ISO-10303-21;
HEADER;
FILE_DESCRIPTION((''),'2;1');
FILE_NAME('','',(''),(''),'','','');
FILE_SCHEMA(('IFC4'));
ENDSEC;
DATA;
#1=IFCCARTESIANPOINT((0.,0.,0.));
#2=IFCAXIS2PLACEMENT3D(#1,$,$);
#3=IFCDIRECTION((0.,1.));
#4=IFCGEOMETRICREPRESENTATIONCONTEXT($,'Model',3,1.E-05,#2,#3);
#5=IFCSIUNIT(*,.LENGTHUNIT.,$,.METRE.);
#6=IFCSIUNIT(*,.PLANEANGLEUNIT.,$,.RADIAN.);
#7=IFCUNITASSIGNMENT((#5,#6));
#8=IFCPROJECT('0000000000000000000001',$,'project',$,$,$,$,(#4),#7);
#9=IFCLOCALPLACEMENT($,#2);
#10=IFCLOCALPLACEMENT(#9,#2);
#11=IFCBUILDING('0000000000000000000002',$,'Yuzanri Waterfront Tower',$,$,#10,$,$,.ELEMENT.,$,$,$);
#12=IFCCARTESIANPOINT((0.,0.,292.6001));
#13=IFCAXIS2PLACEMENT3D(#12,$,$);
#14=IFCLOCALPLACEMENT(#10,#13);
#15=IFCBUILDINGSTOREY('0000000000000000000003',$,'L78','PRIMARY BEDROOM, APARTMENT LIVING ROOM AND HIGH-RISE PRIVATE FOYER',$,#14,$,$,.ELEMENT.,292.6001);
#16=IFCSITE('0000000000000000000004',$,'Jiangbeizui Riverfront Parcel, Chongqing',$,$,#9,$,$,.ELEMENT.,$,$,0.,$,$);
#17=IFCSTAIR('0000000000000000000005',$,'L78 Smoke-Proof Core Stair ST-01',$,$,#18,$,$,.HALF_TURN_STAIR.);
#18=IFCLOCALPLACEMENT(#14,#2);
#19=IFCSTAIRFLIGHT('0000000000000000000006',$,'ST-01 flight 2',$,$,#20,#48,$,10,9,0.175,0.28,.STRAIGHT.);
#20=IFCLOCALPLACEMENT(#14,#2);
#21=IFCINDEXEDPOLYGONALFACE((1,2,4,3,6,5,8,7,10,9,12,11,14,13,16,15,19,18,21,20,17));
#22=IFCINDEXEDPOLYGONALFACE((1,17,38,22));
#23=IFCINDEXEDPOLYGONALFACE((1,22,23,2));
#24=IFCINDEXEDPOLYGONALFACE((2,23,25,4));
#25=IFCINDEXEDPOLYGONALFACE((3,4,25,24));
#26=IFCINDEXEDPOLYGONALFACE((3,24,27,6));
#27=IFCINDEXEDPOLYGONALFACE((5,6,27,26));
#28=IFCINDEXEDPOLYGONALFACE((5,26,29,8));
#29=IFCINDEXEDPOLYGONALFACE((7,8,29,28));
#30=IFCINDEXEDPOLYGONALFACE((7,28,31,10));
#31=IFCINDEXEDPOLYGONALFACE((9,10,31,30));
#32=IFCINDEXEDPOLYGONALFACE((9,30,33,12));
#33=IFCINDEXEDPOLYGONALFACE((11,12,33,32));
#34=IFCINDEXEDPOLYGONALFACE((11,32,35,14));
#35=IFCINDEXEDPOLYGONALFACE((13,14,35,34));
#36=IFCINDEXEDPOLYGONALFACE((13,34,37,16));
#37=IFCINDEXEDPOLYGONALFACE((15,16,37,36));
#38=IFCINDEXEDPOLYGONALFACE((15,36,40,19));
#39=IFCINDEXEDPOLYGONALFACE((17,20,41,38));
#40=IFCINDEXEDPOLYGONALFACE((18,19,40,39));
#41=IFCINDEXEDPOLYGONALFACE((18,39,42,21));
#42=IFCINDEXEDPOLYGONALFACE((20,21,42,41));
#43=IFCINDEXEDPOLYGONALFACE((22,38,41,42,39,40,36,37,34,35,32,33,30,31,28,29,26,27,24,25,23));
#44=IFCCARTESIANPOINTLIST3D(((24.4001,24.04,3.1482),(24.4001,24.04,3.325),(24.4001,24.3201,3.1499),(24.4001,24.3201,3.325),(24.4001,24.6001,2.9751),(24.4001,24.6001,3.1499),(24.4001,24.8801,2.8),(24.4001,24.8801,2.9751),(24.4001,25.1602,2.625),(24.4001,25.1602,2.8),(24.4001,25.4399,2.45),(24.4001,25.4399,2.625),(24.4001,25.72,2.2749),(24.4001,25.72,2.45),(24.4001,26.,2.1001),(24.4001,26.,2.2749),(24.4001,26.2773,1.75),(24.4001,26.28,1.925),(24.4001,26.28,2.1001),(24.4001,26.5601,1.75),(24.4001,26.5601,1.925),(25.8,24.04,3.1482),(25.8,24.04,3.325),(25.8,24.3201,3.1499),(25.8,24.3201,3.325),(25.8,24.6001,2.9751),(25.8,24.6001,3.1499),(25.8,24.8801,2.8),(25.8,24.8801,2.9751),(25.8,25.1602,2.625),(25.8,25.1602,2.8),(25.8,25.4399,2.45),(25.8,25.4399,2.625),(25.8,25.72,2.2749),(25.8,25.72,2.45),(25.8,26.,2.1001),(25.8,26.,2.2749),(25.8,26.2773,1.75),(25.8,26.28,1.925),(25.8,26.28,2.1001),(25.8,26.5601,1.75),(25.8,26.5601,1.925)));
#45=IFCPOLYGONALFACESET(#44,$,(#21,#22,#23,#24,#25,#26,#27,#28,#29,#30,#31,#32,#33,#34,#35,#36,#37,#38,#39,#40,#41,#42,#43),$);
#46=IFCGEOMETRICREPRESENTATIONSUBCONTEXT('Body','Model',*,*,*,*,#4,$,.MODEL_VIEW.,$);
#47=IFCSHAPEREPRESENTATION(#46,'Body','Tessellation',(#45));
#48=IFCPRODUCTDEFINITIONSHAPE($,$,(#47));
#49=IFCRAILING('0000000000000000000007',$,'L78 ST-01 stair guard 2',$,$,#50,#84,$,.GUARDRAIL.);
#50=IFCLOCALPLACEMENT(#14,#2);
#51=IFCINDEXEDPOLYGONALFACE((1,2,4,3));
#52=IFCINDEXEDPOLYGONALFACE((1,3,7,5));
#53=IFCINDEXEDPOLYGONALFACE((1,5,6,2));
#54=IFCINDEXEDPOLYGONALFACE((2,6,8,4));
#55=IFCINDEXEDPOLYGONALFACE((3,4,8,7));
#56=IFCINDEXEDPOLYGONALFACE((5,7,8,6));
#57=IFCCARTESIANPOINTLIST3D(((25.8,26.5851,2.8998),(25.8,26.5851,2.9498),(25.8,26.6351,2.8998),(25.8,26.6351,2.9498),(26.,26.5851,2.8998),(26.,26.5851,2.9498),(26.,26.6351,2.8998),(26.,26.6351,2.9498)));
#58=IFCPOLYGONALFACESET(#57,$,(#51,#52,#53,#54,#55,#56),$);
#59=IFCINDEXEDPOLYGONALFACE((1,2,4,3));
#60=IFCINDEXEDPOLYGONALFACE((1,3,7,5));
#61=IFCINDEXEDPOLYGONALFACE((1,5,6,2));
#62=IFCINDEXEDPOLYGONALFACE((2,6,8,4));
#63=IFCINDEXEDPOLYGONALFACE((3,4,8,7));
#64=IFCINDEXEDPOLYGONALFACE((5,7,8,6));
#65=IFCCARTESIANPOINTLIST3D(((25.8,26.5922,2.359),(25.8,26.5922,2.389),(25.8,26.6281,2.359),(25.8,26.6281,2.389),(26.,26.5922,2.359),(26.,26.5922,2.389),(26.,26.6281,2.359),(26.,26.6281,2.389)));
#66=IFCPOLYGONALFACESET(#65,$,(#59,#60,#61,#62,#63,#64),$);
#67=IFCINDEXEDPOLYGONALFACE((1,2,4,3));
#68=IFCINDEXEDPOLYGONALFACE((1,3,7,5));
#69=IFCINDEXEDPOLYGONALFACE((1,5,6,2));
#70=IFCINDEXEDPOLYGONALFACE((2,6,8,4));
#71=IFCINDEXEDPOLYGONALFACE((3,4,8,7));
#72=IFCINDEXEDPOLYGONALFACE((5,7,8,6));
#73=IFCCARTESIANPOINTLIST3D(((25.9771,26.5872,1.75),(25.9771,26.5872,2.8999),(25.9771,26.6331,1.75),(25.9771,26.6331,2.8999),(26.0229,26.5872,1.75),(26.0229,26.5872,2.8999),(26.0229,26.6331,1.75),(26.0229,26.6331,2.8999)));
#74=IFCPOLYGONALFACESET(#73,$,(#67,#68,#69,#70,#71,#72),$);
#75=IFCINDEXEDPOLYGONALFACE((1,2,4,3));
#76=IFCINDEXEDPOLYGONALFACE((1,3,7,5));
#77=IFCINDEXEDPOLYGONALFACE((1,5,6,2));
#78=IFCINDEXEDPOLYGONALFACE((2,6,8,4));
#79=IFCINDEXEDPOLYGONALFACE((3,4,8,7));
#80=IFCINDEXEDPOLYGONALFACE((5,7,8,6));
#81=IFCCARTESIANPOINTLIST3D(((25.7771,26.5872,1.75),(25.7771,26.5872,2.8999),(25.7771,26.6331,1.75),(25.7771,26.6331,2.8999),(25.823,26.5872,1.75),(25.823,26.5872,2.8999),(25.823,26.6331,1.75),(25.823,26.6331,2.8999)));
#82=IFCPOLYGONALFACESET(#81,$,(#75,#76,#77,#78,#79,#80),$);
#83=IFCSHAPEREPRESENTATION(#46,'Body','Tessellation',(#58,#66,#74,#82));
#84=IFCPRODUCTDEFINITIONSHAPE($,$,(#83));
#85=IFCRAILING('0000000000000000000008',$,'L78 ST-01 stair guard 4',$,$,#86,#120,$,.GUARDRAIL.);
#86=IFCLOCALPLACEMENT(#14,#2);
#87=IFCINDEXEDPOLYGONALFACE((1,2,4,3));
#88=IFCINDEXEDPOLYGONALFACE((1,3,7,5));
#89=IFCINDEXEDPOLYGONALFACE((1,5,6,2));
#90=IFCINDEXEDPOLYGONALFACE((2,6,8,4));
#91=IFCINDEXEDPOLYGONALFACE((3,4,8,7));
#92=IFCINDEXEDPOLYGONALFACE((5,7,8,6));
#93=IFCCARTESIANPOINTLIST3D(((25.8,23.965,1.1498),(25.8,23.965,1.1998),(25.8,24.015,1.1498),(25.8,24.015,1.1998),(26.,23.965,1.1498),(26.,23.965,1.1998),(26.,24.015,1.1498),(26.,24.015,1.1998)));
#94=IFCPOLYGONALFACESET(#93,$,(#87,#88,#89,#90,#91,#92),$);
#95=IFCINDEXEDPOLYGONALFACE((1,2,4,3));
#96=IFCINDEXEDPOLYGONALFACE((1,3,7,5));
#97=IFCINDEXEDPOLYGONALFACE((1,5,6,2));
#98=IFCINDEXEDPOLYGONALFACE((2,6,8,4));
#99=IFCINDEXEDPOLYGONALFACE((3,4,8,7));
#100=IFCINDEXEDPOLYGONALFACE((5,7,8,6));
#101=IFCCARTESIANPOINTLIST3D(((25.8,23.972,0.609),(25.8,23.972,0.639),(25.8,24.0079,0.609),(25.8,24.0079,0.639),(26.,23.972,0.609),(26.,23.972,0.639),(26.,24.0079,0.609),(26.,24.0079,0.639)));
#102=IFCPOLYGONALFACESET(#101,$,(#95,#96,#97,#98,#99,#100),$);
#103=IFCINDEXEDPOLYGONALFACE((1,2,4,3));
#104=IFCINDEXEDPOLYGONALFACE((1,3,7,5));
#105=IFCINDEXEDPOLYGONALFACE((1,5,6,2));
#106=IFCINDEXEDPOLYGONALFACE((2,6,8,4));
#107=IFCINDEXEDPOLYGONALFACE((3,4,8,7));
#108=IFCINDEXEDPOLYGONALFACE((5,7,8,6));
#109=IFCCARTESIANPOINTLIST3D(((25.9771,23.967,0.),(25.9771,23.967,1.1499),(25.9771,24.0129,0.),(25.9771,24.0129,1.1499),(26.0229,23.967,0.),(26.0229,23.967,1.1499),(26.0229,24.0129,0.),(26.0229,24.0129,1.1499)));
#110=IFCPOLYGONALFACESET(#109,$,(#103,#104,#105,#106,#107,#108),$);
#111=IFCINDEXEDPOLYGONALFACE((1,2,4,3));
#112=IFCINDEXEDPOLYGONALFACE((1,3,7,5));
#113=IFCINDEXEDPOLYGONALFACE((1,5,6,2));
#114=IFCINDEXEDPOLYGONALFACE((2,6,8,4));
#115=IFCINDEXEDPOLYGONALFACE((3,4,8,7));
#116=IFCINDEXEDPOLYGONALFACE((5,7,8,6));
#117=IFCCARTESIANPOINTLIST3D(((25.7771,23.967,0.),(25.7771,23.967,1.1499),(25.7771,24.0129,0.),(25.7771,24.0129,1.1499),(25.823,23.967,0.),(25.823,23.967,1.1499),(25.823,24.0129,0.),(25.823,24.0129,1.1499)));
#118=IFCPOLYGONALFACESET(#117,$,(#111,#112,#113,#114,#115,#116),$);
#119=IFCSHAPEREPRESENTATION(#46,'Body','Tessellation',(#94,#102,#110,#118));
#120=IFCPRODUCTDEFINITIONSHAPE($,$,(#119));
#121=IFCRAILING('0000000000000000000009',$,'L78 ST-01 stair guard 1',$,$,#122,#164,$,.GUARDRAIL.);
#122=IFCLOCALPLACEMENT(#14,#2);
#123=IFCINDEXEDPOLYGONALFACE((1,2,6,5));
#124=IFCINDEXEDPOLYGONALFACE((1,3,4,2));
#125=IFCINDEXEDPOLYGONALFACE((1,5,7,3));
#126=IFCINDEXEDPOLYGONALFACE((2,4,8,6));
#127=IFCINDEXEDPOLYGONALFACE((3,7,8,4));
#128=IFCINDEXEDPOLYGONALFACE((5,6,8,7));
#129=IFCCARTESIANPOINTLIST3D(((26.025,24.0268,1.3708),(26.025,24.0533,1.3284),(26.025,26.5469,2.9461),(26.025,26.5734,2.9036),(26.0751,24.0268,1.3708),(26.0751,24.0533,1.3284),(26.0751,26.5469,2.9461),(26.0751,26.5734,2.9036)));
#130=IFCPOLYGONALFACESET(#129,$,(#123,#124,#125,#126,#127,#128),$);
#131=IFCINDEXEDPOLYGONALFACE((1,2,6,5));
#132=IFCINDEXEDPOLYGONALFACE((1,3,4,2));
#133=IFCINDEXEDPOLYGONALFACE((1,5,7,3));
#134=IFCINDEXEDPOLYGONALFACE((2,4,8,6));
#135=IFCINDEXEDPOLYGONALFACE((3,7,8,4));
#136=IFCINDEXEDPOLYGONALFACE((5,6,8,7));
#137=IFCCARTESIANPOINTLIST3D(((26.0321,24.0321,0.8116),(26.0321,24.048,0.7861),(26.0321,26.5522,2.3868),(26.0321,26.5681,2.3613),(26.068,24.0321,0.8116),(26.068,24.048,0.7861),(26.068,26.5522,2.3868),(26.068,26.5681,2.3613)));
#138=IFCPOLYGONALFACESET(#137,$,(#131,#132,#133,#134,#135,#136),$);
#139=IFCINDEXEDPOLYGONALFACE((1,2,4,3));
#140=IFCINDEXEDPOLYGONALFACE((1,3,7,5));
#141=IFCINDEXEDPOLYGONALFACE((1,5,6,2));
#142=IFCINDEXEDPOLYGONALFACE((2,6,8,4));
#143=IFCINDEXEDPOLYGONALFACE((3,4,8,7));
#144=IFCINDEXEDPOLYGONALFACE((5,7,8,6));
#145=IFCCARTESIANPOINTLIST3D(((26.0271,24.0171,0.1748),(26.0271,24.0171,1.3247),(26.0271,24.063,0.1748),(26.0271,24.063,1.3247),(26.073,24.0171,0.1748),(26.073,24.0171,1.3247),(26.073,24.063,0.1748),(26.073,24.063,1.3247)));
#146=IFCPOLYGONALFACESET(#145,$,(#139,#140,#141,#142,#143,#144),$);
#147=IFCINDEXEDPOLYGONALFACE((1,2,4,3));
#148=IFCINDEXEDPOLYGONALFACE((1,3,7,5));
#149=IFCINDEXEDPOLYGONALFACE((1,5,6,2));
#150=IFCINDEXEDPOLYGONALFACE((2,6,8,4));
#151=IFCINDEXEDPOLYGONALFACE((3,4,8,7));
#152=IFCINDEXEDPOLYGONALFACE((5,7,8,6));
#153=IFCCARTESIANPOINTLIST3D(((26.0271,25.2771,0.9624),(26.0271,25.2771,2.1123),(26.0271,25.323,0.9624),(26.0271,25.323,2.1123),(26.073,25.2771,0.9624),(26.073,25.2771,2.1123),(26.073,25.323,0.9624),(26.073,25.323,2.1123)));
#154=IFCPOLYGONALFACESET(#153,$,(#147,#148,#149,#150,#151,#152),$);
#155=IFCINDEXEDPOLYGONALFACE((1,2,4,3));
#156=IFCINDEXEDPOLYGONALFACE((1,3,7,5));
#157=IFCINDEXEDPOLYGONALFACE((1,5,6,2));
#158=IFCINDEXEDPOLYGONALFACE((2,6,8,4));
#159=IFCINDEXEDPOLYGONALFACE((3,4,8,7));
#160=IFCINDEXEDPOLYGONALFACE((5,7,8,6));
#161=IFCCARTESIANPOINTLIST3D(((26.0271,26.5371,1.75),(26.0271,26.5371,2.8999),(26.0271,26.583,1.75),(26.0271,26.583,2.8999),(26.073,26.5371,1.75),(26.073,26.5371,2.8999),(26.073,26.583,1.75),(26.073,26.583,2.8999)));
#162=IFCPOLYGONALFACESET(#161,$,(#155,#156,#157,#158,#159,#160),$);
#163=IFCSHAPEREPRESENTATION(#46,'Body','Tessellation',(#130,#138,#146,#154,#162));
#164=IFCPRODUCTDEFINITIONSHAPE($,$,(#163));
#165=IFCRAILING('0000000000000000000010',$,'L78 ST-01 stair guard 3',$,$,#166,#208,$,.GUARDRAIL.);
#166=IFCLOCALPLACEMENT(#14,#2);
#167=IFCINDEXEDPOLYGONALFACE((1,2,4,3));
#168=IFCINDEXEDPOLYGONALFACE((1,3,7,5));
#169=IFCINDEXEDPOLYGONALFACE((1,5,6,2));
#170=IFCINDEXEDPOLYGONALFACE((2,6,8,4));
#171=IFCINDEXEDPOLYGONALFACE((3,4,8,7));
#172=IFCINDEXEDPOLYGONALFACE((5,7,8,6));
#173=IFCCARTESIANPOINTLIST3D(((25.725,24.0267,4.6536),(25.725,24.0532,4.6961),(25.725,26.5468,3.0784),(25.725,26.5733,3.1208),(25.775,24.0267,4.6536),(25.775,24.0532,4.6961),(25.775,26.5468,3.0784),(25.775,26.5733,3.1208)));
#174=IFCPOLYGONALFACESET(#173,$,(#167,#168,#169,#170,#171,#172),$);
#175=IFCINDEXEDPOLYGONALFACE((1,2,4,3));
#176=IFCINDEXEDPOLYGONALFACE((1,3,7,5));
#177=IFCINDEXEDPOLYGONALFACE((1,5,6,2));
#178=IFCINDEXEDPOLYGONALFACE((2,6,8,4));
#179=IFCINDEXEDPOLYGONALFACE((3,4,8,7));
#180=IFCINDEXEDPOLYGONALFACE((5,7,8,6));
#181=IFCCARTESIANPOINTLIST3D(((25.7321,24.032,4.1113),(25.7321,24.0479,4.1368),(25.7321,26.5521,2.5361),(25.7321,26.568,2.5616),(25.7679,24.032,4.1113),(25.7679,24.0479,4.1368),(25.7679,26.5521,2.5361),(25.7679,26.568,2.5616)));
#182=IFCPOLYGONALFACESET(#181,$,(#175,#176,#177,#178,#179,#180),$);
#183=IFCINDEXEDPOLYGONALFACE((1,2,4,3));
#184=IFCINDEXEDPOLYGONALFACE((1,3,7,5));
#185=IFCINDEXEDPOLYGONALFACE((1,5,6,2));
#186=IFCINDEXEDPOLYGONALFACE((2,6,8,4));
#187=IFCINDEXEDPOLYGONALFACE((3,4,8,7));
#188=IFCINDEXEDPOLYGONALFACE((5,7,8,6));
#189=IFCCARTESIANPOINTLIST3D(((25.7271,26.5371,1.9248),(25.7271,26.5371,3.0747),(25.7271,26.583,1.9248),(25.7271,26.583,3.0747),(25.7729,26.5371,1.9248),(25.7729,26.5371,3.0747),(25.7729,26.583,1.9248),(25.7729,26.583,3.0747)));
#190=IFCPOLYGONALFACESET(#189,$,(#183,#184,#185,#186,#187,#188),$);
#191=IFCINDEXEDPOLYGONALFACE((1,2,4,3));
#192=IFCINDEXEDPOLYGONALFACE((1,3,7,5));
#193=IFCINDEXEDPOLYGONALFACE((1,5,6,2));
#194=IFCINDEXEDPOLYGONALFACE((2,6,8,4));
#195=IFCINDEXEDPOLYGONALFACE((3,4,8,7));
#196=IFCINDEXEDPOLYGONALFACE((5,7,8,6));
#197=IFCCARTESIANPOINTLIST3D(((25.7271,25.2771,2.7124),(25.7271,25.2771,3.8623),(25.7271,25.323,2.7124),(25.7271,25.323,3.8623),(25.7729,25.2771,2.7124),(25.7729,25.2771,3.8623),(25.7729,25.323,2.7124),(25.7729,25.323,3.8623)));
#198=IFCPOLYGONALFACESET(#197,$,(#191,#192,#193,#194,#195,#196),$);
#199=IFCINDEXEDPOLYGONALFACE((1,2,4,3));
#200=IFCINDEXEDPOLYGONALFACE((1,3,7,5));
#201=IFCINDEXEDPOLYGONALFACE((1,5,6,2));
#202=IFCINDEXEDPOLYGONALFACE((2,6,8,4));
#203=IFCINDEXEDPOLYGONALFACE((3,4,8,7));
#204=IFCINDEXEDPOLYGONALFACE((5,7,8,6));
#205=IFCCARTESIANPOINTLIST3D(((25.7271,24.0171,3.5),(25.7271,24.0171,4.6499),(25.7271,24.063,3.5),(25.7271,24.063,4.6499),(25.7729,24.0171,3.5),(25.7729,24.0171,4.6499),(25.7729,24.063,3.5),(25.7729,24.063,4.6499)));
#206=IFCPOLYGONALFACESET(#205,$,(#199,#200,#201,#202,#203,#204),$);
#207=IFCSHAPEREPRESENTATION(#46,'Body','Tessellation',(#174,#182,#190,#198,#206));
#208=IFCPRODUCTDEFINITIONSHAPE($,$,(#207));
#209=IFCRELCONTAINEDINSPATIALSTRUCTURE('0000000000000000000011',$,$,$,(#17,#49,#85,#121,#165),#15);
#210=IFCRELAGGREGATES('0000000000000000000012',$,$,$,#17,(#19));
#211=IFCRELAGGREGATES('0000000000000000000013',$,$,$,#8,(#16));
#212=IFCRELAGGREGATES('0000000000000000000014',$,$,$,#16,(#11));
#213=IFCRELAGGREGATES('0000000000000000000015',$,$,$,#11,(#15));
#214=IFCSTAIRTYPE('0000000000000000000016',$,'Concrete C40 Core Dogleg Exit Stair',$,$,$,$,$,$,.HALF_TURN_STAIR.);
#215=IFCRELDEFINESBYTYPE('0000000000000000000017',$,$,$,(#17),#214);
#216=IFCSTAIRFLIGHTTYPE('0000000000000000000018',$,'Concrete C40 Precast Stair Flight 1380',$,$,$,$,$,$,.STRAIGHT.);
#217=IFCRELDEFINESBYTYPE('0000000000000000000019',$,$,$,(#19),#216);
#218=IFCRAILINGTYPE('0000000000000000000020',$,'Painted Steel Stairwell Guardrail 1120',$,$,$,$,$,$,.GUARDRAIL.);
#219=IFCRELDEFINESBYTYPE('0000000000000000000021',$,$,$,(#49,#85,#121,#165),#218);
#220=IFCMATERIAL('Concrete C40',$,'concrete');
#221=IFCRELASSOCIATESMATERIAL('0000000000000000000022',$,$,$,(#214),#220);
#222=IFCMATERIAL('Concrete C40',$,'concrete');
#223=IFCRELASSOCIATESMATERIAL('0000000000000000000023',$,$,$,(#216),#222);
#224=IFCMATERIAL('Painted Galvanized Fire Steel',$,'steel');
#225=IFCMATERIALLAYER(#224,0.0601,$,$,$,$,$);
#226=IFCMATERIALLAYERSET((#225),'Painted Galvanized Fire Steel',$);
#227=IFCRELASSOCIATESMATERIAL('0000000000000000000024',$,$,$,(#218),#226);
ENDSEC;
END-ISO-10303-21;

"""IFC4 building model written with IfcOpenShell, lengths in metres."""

from ifc_helpers import new_model, si_unit, direction, frame, origin, origin_2d, place, context, subcontext, project, spatial, polyline, rectangle, outline, extrude, source, transform, mapped, material, layer, layer_set, type_object, element, aggregate, save


model = new_model("IFC4")

# Units and contexts
model_context = context("Model", 3, precision=1e-05, world=origin(), true_north=direction((0.0, 1.0)))
body_context = subcontext(model_context, "Body", "Model", "MODEL_VIEW")
ifc_project = project(units=[si_unit("LENGTHUNIT", "METRE"), si_unit("PLANEANGLEUNIT", "RADIAN")], contexts=[model_context])

# Site, building, storey
site_placement = place(None, origin())
site = spatial("IfcSite", under=ifc_project, at=site_placement, Name="Jiangbeizui Riverfront Parcel, Chongqing", CompositionType="ELEMENT", RefElevation=0.0)
building_placement = place(site_placement, origin())
building = spatial("IfcBuilding", under=site, at=building_placement, Name="Yuzanri Waterfront Tower", CompositionType="ELEMENT")
storey_placement = place(building_placement, frame((0.0, 0.0, 292.6001)))
storey = spatial("IfcBuildingStorey", under=building, at=storey_placement, Name="L78", Description="PRIMARY BEDROOM, APARTMENT LIVING ROOM AND HIGH-RISE PRIVATE FOYER", CompositionType="ELEMENT", Elevation=292.6001)

# Stair, stair flight
ifc_material_1 = material(Name="Concrete C40", Category="concrete")
stair_type = type_object("IfcStairType", Name="Concrete C40 Core Dogleg Exit Stair", PredefinedType="HALF_TURN_STAIR", material=ifc_material_1)
stair_placement = place(storey_placement, origin())
stair = element("IfcStair", 1, at=stair_placement, inside=storey, type_object=stair_type, Name="L78 Smoke-Proof Core Stair ST-01", PredefinedType="HALF_TURN_STAIR")
ifc_material_2 = material(Name="Concrete C40", Category="concrete")
stair_flight_type = type_object("IfcStairFlightType", Name="Concrete C40 Precast Stair Flight 1380", PredefinedType="STRAIGHT", material=ifc_material_2)
shared_shape_1 = source(origin(), body_context, "Body", "SweptSolid", [
    extrude(outline(polyline([(0.0, 0.0), (0.0, 0.175), (0.28, 0.175), (0.28, 0.3501), (0.5601, 0.3501), (0.5601, 0.5249), (0.8401, 0.5249), (0.8401, 0.7), (1.1201, 0.7), (1.1201, 0.875), (1.3999, 0.875), (1.3999, 1.05), (1.6799, 1.05), (1.6799, 1.2251), (1.96, 1.2251), (1.96, 1.3999), (2.24, 1.3999), (2.24, 1.575), (2.52, 1.575), (2.52, 1.75), (2.52, 1.3982), (0.2827, 0.0), (0.0, 0.0)])), frame((0.0, 0.7, 0.0), z_axis=(0.0, -1.0, 0.0), x_axis=(1.0, 0.0, 0.0)), (0.0, 0.0, 1.0), 1.3999),
])
stair_flight_1_placement = place(storey_placement, frame((25.1001, 26.5601, 1.75), z_axis=(0.0, 0.0, 1.0), x_axis=(0.0, -1.0, 0.0)))
stair_flight_1 = element("IfcStairFlight", 2, at=stair_flight_1_placement, type_object=stair_flight_type, Name="ST-01 flight 2", NumberOfRisers=10, NumberOfTreads=9, PredefinedType="STRAIGHT", RiserHeight=0.175, TreadLength=0.28, context=body_context, shape_type="MappedRepresentation", body=[
    mapped(shared_shape_1, transform((0.0, 0.0, 0.0), scale=1.0)),
])
aggregate(stair, [stair_flight_1])

# Railings
ifc_material_3 = material(Name="Painted Galvanized Fire Steel", Category="steel")
ifc_layer_1 = layer(ifc_material_3, 0.0601)
ifc_layer_set_1 = layer_set([ifc_layer_1], Name="Painted Galvanized Fire Steel")
railing_type_1 = type_object("IfcRailingType", Name="Painted Steel Stairwell Guardrail 1120", PredefinedType="GUARDRAIL", material=ifc_layer_set_1)
shared_shape_2 = source(origin(), body_context, "Body", "SweptSolid", [
    extrude(rectangle(XDim=0.05, YDim=0.05, at=origin_2d()), frame((0.0, 0.0, 1.1748), z_axis=(-1.0, 0.0, 0.0), x_axis=(0.0, -1.0, 0.0)), (0.0, 0.0, 1.0), 0.2),
    extrude(rectangle(XDim=0.0359, YDim=0.03, at=origin_2d()), frame((0.0, 0.0, 0.624), z_axis=(-1.0, 0.0, 0.0), x_axis=(0.0, -1.0, 0.0)), (0.0, 0.0, 1.0), 0.2),
    extrude(rectangle(XDim=0.0459, YDim=0.0459, at=origin_2d()), origin(), (0.0, 0.0, 1.0), 1.1499),
    extrude(rectangle(XDim=0.0459, YDim=0.0459, at=origin_2d()), frame((-0.2, 0.0, 0.0)), (0.0, 0.0, 1.0), 1.1499),
])
for number, where, name in (
    (3, (26.0, 26.6101, 1.75), "L78 ST-01 stair guard 2"),
    (4, (26.0, 23.99, 0.0), "L78 ST-01 stair guard 4"),
):
    element("IfcRailing", number, at=place(storey_placement, frame(where)), inside=storey, type_object=railing_type_1, Name=name, PredefinedType="GUARDRAIL", context=body_context, shape_type="MappedRepresentation", body=[
        mapped(shared_shape_2, transform((0.0, 0.0, 0.0), scale=1.0)),
    ])
shared_shape_3 = source(origin(), body_context, "Body", "SweptSolid", [
    extrude(rectangle(XDim=0.05, YDim=0.05, at=origin_2d()), frame((0.0, 0.0, 1.1748), z_axis=(0.0, 0.847971, 0.530043), x_axis=(-1.0, 0.0, 0.0)), (0.0, 0.0, 1.0), 2.9719),
    extrude(rectangle(XDim=0.0359, YDim=0.03, at=origin_2d()), frame((0.0, 0.0, 0.624), z_axis=(0.0, 0.847971, 0.530043), x_axis=(-1.0, 0.0, 0.0)), (0.0, 0.0, 1.0), 2.9719),
    extrude(rectangle(XDim=0.0459, YDim=0.0459, at=origin_2d()), origin(), (0.0, 0.0, 1.0), 1.1499),
    extrude(rectangle(XDim=0.0459, YDim=0.0459, at=origin_2d()), frame((0.0, 1.26, 0.7876)), (0.0, 0.0, 1.0), 1.1499),
    extrude(rectangle(XDim=0.0459, YDim=0.0459, at=origin_2d()), frame((0.0, 2.52, 1.5752)), (0.0, 0.0, 1.0), 1.1499),
])
railing_1_placement = place(storey_placement, frame((26.05, 24.04, 0.1748)))
element("IfcRailing", 5, at=railing_1_placement, inside=storey, type_object=railing_type_1, Name="L78 ST-01 stair guard 1", PredefinedType="GUARDRAIL", context=body_context, shape_type="MappedRepresentation", body=[
    mapped(shared_shape_3, transform((0.0, 0.0, 0.0), scale=1.0)),
])
shared_shape_4 = source(origin(), body_context, "Body", "SweptSolid", [
    extrude(rectangle(XDim=0.05, YDim=0.05, at=origin_2d()), frame((0.0, 0.0, 1.1748), z_axis=(0.0, -0.847971, 0.530043), x_axis=(1.0, 0.0, 0.0)), (0.0, 0.0, 1.0), 2.9719),
    extrude(rectangle(XDim=0.0359, YDim=0.03, at=origin_2d()), frame((0.0, 0.0, 0.624), z_axis=(0.0, -0.847971, 0.530043), x_axis=(1.0, 0.0, 0.0)), (0.0, 0.0, 1.0), 2.9719),
    extrude(rectangle(XDim=0.0459, YDim=0.0459, at=origin_2d()), origin(), (0.0, 0.0, 1.0), 1.1499),
    extrude(rectangle(XDim=0.0459, YDim=0.0459, at=origin_2d()), frame((0.0, -1.26, 0.7876)), (0.0, 0.0, 1.0), 1.1499),
    extrude(rectangle(XDim=0.0459, YDim=0.0459, at=origin_2d()), frame((0.0, -2.52, 1.5752)), (0.0, 0.0, 1.0), 1.1499),
])
railing_2_placement = place(storey_placement, frame((25.75, 26.5601, 1.9248)))
element("IfcRailing", 6, at=railing_2_placement, inside=storey, type_object=railing_type_1, Name="L78 ST-01 stair guard 3", PredefinedType="GUARDRAIL", context=body_context, shape_type="MappedRepresentation", body=[
    mapped(shared_shape_4, transform((0.0, 0.0, 0.0), scale=1.0)),
])

save(model, "model.ifc")
